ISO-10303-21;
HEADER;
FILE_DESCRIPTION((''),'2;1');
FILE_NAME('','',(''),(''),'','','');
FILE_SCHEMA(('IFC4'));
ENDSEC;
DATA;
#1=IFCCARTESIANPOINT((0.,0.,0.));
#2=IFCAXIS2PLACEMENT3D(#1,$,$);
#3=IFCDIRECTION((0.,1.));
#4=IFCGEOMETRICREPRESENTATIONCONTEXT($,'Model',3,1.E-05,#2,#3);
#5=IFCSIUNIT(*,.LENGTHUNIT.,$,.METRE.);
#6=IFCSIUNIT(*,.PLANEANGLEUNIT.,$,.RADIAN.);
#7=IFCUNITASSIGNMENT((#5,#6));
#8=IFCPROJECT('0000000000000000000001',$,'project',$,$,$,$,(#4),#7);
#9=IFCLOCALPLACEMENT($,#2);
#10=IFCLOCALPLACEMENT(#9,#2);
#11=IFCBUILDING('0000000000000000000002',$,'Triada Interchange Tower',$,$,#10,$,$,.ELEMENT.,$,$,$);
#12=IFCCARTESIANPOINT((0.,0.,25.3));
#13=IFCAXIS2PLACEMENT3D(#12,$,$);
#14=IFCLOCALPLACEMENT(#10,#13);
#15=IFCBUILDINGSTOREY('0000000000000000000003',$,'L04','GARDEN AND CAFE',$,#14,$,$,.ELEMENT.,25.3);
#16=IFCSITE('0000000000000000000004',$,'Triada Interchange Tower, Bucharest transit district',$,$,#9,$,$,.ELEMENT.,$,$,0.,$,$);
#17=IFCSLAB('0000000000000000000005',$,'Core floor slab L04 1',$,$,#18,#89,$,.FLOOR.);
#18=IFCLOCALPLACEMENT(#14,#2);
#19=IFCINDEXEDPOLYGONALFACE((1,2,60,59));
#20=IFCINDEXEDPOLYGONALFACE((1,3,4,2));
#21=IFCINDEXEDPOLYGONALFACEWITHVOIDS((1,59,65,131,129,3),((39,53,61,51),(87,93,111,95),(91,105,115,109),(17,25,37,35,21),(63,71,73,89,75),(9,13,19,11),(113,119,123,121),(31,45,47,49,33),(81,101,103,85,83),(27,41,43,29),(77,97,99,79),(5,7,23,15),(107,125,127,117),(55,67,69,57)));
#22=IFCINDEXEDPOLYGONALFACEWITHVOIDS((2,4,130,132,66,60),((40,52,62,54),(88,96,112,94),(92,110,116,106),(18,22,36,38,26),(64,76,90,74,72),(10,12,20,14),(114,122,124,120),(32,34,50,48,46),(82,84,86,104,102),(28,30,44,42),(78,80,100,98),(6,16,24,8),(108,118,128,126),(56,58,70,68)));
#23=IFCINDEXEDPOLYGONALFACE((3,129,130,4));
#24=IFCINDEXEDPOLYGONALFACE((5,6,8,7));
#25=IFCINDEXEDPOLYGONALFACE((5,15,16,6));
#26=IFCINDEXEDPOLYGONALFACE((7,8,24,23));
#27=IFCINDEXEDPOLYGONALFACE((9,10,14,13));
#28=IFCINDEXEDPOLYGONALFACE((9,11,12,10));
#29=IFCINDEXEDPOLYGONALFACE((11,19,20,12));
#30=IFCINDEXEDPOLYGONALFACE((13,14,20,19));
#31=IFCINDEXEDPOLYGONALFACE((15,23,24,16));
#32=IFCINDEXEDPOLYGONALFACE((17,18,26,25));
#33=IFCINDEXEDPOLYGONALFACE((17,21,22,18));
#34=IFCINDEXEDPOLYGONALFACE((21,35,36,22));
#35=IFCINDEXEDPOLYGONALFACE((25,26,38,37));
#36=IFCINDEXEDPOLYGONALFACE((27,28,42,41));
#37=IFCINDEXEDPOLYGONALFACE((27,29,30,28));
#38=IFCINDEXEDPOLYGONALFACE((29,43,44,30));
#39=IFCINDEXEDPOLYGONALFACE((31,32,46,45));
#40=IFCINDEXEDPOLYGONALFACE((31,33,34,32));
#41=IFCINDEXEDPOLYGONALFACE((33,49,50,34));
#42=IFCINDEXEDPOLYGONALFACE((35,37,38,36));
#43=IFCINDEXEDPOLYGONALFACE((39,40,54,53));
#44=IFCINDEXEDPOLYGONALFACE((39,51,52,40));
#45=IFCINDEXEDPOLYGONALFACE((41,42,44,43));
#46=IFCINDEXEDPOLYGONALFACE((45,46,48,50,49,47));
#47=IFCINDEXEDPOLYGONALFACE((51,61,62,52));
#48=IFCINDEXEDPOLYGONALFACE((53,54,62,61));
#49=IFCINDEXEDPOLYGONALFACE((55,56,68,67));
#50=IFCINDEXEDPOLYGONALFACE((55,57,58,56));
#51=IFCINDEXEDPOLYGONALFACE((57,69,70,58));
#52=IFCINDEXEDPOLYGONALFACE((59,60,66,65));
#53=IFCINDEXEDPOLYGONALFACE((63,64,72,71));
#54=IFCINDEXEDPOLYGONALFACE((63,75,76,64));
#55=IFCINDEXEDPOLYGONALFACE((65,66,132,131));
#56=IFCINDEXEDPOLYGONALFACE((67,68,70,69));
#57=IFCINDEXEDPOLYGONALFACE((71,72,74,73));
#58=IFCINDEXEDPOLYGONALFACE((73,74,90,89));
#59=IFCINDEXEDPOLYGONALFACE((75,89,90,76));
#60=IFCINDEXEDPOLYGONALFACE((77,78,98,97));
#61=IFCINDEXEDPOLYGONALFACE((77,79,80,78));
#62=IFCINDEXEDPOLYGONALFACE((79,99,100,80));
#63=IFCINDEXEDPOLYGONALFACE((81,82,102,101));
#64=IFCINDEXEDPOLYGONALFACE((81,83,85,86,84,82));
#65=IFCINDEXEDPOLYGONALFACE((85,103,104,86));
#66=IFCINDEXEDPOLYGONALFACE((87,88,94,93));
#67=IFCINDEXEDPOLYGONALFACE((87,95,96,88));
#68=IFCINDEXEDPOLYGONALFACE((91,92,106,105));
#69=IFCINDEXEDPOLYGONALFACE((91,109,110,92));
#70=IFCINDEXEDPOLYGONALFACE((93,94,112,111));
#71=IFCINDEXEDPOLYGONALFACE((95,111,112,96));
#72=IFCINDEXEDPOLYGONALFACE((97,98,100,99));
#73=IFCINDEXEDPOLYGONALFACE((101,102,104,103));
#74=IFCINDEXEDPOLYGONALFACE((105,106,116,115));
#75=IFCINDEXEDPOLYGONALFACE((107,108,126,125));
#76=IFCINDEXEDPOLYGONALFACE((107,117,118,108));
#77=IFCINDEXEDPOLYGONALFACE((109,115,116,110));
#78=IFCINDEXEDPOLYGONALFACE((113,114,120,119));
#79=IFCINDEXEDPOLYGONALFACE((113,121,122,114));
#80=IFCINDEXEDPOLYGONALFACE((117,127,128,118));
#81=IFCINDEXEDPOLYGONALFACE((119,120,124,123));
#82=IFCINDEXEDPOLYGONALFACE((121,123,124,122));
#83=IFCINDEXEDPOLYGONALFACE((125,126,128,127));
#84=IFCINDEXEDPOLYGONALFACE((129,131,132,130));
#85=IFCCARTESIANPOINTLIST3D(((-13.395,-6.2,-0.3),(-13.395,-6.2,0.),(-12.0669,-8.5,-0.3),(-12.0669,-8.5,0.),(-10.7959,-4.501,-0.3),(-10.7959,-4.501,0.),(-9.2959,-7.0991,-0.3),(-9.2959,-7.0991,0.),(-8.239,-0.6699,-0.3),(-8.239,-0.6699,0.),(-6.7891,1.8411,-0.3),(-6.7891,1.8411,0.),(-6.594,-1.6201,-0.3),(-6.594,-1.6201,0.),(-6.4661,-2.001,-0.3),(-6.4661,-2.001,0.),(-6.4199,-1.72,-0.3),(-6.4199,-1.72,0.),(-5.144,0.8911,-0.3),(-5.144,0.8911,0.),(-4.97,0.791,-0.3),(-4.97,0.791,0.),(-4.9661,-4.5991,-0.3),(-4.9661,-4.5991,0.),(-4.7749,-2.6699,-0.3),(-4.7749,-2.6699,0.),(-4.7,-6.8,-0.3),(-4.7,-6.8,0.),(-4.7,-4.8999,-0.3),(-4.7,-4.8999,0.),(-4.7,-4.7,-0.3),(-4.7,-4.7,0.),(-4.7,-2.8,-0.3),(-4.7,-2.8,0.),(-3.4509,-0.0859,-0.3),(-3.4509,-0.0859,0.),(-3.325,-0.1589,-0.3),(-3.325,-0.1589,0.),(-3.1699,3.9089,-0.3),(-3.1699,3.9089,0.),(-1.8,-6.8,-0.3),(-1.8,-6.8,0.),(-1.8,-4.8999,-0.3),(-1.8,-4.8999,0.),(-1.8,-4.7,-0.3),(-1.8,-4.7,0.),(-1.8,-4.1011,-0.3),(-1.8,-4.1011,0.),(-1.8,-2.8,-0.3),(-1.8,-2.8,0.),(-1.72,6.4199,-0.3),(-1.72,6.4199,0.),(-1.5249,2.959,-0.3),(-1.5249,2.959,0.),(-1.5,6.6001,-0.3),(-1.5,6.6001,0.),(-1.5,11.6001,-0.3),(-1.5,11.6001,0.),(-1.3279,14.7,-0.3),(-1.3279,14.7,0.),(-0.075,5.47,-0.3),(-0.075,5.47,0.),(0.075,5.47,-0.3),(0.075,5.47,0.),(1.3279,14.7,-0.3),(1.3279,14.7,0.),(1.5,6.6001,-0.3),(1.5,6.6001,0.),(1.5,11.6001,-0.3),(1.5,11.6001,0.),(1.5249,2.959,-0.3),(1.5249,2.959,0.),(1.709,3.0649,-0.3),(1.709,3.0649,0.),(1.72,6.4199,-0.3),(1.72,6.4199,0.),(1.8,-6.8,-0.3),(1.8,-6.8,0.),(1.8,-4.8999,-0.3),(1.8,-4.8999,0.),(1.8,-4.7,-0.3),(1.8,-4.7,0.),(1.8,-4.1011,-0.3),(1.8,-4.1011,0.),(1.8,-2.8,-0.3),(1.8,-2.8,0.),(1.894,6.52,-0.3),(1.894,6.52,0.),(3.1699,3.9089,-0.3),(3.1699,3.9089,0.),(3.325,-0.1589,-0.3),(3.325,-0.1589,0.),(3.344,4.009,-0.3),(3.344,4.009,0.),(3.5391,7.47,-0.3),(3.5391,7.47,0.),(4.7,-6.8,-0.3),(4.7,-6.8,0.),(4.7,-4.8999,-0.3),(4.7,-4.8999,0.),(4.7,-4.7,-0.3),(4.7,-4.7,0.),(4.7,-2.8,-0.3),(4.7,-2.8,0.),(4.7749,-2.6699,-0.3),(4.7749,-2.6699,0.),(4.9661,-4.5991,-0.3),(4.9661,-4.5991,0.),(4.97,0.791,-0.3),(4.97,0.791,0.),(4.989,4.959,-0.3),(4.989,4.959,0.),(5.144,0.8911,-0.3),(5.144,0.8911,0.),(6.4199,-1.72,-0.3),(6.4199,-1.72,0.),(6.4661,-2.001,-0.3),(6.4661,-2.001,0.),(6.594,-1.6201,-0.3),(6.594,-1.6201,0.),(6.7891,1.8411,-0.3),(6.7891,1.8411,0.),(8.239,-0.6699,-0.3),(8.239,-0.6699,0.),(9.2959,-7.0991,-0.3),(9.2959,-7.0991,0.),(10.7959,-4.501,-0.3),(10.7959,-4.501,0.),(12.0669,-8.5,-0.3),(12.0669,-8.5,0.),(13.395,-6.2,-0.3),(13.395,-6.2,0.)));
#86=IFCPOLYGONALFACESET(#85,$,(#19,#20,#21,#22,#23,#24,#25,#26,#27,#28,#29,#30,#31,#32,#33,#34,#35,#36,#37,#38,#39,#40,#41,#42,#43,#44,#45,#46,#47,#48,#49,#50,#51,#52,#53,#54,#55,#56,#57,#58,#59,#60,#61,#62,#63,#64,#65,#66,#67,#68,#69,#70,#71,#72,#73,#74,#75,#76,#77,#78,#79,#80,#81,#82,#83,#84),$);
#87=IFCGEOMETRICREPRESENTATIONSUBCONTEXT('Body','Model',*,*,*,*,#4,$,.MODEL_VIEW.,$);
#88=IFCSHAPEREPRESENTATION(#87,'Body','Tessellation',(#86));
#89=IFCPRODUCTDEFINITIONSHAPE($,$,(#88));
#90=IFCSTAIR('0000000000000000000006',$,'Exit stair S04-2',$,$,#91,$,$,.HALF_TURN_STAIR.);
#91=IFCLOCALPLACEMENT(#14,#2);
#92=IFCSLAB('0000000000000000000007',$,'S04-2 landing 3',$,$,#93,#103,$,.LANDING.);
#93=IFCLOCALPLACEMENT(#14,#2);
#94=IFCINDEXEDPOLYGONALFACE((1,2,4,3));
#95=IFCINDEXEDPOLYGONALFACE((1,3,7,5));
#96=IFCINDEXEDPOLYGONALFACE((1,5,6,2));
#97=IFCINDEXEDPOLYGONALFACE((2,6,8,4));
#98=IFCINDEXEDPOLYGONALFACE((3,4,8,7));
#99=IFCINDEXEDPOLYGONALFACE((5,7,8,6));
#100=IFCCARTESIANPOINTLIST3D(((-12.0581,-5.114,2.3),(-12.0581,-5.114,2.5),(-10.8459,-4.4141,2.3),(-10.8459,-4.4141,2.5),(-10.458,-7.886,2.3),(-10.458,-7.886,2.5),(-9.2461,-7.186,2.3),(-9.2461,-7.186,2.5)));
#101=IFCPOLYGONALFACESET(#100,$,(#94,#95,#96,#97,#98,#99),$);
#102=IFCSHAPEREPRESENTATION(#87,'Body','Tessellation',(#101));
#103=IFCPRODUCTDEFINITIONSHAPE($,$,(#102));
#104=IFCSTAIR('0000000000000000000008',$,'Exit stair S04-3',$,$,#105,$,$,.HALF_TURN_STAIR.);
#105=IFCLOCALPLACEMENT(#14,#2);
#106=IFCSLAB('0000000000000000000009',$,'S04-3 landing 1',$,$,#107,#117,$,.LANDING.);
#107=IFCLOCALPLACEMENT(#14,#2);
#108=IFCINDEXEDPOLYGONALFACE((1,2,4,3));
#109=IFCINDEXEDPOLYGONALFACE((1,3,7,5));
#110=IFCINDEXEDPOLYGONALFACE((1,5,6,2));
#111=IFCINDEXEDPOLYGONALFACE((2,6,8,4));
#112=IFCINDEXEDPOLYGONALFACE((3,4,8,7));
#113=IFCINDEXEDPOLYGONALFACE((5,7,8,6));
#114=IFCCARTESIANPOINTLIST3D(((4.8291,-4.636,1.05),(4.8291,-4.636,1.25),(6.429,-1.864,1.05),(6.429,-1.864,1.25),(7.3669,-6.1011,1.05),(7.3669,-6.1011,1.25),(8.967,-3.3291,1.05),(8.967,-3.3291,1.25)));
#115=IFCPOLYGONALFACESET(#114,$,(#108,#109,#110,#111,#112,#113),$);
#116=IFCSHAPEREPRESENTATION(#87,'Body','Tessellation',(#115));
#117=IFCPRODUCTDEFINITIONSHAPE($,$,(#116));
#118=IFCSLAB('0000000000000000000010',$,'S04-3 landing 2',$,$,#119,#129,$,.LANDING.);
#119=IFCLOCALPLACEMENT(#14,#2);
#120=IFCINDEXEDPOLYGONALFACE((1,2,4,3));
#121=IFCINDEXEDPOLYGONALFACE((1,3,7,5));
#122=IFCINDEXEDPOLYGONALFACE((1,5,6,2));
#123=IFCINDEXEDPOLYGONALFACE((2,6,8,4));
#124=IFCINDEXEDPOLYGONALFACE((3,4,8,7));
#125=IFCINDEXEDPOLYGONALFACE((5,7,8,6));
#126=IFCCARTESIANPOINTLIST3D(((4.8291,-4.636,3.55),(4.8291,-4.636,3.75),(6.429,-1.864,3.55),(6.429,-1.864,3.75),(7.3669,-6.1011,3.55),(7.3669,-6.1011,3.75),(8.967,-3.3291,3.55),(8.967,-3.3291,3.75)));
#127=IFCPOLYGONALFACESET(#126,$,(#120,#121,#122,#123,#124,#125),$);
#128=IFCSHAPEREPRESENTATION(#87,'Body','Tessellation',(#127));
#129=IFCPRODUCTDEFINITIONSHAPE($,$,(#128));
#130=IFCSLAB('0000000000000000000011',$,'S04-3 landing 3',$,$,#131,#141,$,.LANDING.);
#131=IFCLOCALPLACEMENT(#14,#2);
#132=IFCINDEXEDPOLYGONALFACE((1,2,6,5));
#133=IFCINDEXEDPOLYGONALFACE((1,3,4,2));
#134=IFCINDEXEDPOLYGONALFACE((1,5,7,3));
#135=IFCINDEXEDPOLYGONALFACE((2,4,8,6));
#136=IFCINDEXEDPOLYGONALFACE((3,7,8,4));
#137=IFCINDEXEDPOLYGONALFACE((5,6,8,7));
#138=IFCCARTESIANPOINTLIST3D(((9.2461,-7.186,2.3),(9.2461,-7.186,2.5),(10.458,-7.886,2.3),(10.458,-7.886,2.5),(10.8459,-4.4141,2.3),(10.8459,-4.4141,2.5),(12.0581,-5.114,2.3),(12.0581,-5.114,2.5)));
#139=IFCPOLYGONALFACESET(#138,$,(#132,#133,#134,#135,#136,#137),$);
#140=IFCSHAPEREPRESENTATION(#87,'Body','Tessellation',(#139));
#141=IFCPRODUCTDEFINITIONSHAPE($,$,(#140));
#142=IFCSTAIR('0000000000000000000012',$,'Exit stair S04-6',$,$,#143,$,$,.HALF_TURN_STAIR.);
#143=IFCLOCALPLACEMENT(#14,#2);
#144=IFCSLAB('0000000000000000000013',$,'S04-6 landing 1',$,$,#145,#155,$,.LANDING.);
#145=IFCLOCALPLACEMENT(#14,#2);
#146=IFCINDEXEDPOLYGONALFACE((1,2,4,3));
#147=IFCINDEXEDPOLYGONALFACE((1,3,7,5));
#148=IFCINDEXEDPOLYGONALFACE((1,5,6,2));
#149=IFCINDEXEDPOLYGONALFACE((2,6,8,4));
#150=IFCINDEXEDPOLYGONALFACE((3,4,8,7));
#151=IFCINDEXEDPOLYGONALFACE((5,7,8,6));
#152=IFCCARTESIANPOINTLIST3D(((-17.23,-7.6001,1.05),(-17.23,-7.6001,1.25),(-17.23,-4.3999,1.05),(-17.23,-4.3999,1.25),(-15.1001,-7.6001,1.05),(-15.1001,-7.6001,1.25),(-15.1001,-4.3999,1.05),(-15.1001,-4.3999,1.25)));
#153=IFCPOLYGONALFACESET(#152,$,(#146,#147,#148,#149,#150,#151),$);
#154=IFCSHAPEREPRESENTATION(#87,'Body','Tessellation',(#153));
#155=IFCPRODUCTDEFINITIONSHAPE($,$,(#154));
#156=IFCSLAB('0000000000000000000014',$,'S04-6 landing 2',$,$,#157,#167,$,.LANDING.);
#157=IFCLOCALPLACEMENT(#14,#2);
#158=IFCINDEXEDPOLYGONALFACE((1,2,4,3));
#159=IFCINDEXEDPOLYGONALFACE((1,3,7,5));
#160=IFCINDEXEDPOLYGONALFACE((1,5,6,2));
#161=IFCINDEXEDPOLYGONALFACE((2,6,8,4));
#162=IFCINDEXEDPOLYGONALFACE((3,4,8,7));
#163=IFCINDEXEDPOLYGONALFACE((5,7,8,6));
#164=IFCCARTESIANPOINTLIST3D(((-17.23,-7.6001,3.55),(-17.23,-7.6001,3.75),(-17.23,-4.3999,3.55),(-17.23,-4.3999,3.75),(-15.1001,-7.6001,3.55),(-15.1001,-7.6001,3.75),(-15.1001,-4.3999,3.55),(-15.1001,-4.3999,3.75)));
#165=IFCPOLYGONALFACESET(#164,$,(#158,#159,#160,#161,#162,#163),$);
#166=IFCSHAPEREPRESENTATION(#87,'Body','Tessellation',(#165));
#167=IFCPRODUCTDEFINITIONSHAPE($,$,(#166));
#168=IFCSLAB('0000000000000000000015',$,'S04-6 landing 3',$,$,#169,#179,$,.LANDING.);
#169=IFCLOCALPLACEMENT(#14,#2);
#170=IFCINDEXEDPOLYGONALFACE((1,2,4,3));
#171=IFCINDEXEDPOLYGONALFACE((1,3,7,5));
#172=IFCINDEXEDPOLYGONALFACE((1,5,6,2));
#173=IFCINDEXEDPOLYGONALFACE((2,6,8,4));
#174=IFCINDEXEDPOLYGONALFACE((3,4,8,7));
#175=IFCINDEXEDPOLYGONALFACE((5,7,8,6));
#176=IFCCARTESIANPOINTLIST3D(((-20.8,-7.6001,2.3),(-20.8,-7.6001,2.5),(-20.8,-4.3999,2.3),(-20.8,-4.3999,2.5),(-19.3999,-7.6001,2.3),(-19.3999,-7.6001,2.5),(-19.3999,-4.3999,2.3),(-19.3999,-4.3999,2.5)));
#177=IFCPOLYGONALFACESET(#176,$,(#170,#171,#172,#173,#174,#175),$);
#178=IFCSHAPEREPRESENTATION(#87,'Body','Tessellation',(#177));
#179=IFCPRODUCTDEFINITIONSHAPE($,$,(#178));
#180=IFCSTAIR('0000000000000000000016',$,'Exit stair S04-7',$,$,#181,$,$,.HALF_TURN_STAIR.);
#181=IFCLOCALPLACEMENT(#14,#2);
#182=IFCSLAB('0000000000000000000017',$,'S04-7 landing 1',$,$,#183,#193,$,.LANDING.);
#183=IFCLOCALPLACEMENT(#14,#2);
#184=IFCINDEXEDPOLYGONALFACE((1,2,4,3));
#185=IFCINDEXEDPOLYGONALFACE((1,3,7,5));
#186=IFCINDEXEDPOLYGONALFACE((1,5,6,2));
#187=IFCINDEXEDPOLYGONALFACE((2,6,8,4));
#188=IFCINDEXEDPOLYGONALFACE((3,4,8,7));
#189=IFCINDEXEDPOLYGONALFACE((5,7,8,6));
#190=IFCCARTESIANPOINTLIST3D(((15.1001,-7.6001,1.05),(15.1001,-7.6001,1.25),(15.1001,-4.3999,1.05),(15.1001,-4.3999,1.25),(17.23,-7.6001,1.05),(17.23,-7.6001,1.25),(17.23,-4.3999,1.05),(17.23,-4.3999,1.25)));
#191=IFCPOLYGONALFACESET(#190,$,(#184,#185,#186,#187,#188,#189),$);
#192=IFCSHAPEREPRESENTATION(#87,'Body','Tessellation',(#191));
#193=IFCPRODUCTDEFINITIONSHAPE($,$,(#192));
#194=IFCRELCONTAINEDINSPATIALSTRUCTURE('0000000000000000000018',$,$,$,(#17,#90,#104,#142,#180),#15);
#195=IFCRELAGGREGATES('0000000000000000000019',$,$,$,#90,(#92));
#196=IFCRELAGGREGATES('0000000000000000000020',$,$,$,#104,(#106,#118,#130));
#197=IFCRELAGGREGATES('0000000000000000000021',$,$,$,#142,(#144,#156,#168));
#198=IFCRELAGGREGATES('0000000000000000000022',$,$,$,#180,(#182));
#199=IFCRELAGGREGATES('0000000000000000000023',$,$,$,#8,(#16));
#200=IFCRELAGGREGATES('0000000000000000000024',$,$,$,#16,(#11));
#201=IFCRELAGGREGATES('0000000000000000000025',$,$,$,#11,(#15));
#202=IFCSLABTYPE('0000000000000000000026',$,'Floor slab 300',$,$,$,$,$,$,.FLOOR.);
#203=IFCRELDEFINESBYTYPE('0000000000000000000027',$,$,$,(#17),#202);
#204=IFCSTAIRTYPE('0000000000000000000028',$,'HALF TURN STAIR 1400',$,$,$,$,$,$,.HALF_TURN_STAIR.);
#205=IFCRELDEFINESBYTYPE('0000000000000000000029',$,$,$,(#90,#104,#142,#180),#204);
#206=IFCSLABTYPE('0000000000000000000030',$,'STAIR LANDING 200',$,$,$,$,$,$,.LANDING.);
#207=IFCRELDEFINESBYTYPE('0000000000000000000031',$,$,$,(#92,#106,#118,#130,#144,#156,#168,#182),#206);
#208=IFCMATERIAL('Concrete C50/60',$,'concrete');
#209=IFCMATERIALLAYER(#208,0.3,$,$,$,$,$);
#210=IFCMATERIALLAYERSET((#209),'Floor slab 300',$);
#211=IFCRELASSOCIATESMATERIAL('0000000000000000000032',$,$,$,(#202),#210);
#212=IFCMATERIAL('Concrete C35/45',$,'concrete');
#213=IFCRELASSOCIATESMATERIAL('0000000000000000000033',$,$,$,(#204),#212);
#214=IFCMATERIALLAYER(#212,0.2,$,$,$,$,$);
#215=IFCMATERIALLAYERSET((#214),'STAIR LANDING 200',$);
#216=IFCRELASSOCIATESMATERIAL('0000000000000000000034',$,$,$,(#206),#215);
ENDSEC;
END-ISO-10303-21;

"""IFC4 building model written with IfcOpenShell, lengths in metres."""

from ifc_helpers import new_model, si_unit, direction, frame, origin, place, context, subcontext, project, spatial, polyline, outline, extrude, material, layer, layer_set, type_object, element, aggregate, save


model = new_model("IFC4")

# Units and contexts
model_context = context("Model", 3, precision=1e-05, world=origin(), true_north=direction((0.0, 1.0)))
body_context = subcontext(model_context, "Body", "Model", "MODEL_VIEW")
ifc_project = project(units=[si_unit("LENGTHUNIT", "METRE"), si_unit("PLANEANGLEUNIT", "RADIAN")], contexts=[model_context])

# Site, building, storey
site_placement = place(None, origin())
site = spatial("IfcSite", under=ifc_project, at=site_placement, Name="Triada Interchange Tower, Bucharest transit district", CompositionType="ELEMENT", RefElevation=0.0)
building_placement = place(site_placement, origin())
building = spatial("IfcBuilding", under=site, at=building_placement, Name="Triada Interchange Tower", CompositionType="ELEMENT")
storey_placement = place(building_placement, frame((0.0, 0.0, 25.3)))
storey = spatial("IfcBuildingStorey", under=building, at=storey_placement, Name="L04", Description="GARDEN AND CAFE", CompositionType="ELEMENT", Elevation=25.3)

# Slab
ifc_material_1 = material(Name="Concrete C50/60", Category="concrete")
ifc_layer_1 = layer(ifc_material_1, 0.3)
ifc_layer_set_1 = layer_set([ifc_layer_1], Name="Floor slab 300")
slab_type_1 = type_object("IfcSlabType", Name="Floor slab 300", PredefinedType="FLOOR", material=ifc_layer_set_1)
slab_1_placement = place(storey_placement, frame((0.0, 0.0, -0.3)))
element("IfcSlab", 1, at=slab_1_placement, inside=storey, type_object=slab_type_1, Name="Core floor slab L04 1", PredefinedType="FLOOR", context=body_context, shape_type="SweptSolid", body=[
    extrude(outline(polyline([(13.395, -6.2), (12.0669, -8.5), (-12.0669, -8.5), (-13.395, -6.2), (-1.3279, 14.7), (1.3279, 14.7), (13.395, -6.2)]), holes=[polyline([(9.2959, -7.0991), (10.7959, -4.501), (6.4661, -2.001), (4.9661, -4.5991), (9.2959, -7.0991)]), polyline([(6.7891, 1.8411), (5.144, 0.8911), (6.594, -1.6201), (8.239, -0.6699), (6.7891, 1.8411)]), polyline([(4.97, 0.791), (3.325, -0.1589), (4.7749, -2.6699), (6.4199, -1.72), (4.97, 0.791)]), polyline([(1.894, 6.52), (3.344, 4.009), (4.989, 4.959), (3.5391, 7.47), (1.894, 6.52)]), polyline([(1.8, -4.8999), (1.8, -6.8), (4.7, -6.8), (4.7, -4.8999), (1.8, -4.8999)]), polyline([(1.8, -2.8), (1.8, -4.1011), (1.8, -4.7), (4.7, -4.7), (4.7, -2.8), (1.8, -2.8)]), polyline([(1.5249, 2.959), (1.709, 3.0649), (3.1699, 3.9089), (1.72, 6.4199), (0.075, 5.47), (1.5249, 2.959)]), polyline([(1.5, 11.6001), (-1.5, 11.6001), (-1.5, 6.6001), (1.5, 6.6001), (1.5, 11.6001)]), polyline([(-1.5249, 2.959), (-0.075, 5.47), (-1.72, 6.4199), (-3.1699, 3.9089), (-1.5249, 2.959)]), polyline([(-4.7, -2.8), (-4.7, -4.7), (-1.8, -4.7), (-1.8, -4.1011), (-1.8, -2.8), (-4.7, -2.8)]), polyline([(-4.7, -4.8999), (-4.7, -6.8), (-1.8, -6.8), (-1.8, -4.8999), (-4.7, -4.8999)]), polyline([(-3.325, -0.1589), (-3.4509, -0.0859), (-4.97, 0.791), (-6.4199, -1.72), (-4.7749, -2.6699), (-3.325, -0.1589)]), polyline([(-10.7959, -4.501), (-9.2959, -7.0991), (-4.9661, -4.5991), (-6.4661, -2.001), (-10.7959, -4.501)]), polyline([(-6.594, -1.6201), (-5.144, 0.8911), (-6.7891, 1.8411), (-8.239, -0.6699), (-6.594, -1.6201)])]), origin(), (0.0, 0.0, 1.0), 0.3),
])

# Stair, slab
ifc_material_2 = material(Name="Concrete C35/45", Category="concrete")
stair_type = type_object("IfcStairType", Name="HALF TURN STAIR 1400", PredefinedType="HALF_TURN_STAIR", material=ifc_material_2)
stair_1_placement = place(storey_placement, origin())
stair_1 = element("IfcStair", 2, at=stair_1_placement, inside=storey, type_object=stair_type, Name="Exit stair S04-2", PredefinedType="HALF_TURN_STAIR")
ifc_layer_2 = layer(ifc_material_2, 0.2)
ifc_layer_set_2 = layer_set([ifc_layer_2], Name="STAIR LANDING 200")
slab_type_2 = type_object("IfcSlabType", Name="STAIR LANDING 200", PredefinedType="LANDING", material=ifc_layer_set_2)
slab_2_placement = place(storey_placement, frame((0.0, 0.0, 2.3)))
slab_2 = element("IfcSlab", 3, at=slab_2_placement, type_object=slab_type_2, Name="S04-2 landing 3", PredefinedType="LANDING", context=body_context, shape_type="SweptSolid", body=[
    extrude(outline(polyline([(-10.8459, -4.4141), (-12.0581, -5.114), (-10.458, -7.886), (-9.2461, -7.186), (-10.8459, -4.4141)])), origin(), (0.0, 0.0, 1.0), 0.2),
])
aggregate(stair_1, [slab_2])

# Stairs, slabs
stair_2_placement = place(storey_placement, origin())
stair_2 = element("IfcStair", 4, at=stair_2_placement, inside=storey, type_object=stair_type, Name="Exit stair S04-3", PredefinedType="HALF_TURN_STAIR")
slab_3_placement = place(storey_placement, frame((0.0, 0.0, 1.05)))
slab_3 = element("IfcSlab", 5, at=slab_3_placement, type_object=slab_type_2, Name="S04-3 landing 1", PredefinedType="LANDING", context=body_context, shape_type="SweptSolid", body=[
    extrude(outline(polyline([(4.8291, -4.636), (7.3669, -6.1011), (8.967, -3.3291), (6.429, -1.864), (4.8291, -4.636)])), origin(), (0.0, 0.0, 1.0), 0.2),
])
slab_4_placement = place(storey_placement, frame((0.0, 0.0, 3.55)))
slab_4 = element("IfcSlab", 6, at=slab_4_placement, type_object=slab_type_2, Name="S04-3 landing 2", PredefinedType="LANDING", context=body_context, shape_type="SweptSolid", body=[
    extrude(outline(polyline([(4.8291, -4.636), (7.3669, -6.1011), (8.967, -3.3291), (6.429, -1.864), (4.8291, -4.636)])), origin(), (0.0, 0.0, 1.0), 0.2),
])
slab_5_placement = place(storey_placement, frame((0.0, 0.0, 2.3)))
slab_5 = element("IfcSlab", 7, at=slab_5_placement, type_object=slab_type_2, Name="S04-3 landing 3", PredefinedType="LANDING", context=body_context, shape_type="SweptSolid", body=[
    extrude(outline(polyline([(9.2461, -7.186), (10.458, -7.886), (12.0581, -5.114), (10.8459, -4.4141), (9.2461, -7.186)])), origin(), (0.0, 0.0, 1.0), 0.2),
])
aggregate(stair_2, [slab_3, slab_4, slab_5])
stair_3_placement = place(storey_placement, origin())
stair_3 = element("IfcStair", 8, at=stair_3_placement, inside=storey, type_object=stair_type, Name="Exit stair S04-6", PredefinedType="HALF_TURN_STAIR")
slab_6_placement = place(storey_placement, frame((0.0, 0.0, 1.05)))
slab_6 = element("IfcSlab", 9, at=slab_6_placement, type_object=slab_type_2, Name="S04-6 landing 1", PredefinedType="LANDING", context=body_context, shape_type="SweptSolid", body=[
    extrude(outline(polyline([(-15.1001, -4.3999), (-17.23, -4.3999), (-17.23, -7.6001), (-15.1001, -7.6001), (-15.1001, -4.3999)])), origin(), (0.0, 0.0, 1.0), 0.2),
])
slab_7_placement = place(storey_placement, frame((0.0, 0.0, 3.55)))
slab_7 = element("IfcSlab", 10, at=slab_7_placement, type_object=slab_type_2, Name="S04-6 landing 2", PredefinedType="LANDING", context=body_context, shape_type="SweptSolid", body=[
    extrude(outline(polyline([(-15.1001, -4.3999), (-17.23, -4.3999), (-17.23, -7.6001), (-15.1001, -7.6001), (-15.1001, -4.3999)])), origin(), (0.0, 0.0, 1.0), 0.2),
])
slab_8_placement = place(storey_placement, frame((0.0, 0.0, 2.3)))
slab_8 = element("IfcSlab", 11, at=slab_8_placement, type_object=slab_type_2, Name="S04-6 landing 3", PredefinedType="LANDING", context=body_context, shape_type="SweptSolid", body=[
    extrude(outline(polyline([(-19.3999, -4.3999), (-20.8, -4.3999), (-20.8, -7.6001), (-19.3999, -7.6001), (-19.3999, -4.3999)])), origin(), (0.0, 0.0, 1.0), 0.2),
])
aggregate(stair_3, [slab_6, slab_7, slab_8])
stair_4_placement = place(storey_placement, origin())
stair_4 = element("IfcStair", 12, at=stair_4_placement, inside=storey, type_object=stair_type, Name="Exit stair S04-7", PredefinedType="HALF_TURN_STAIR")
slab_9_placement = place(storey_placement, frame((0.0, 0.0, 1.05)))
slab_9 = element("IfcSlab", 13, at=slab_9_placement, type_object=slab_type_2, Name="S04-7 landing 1", PredefinedType="LANDING", context=body_context, shape_type="SweptSolid", body=[
    extrude(outline(polyline([(15.1001, -7.6001), (17.23, -7.6001), (17.23, -4.3999), (15.1001, -4.3999), (15.1001, -7.6001)])), origin(), (0.0, 0.0, 1.0), 0.2),
])
aggregate(stair_4, [slab_9])

save(model, "model.ifc")
